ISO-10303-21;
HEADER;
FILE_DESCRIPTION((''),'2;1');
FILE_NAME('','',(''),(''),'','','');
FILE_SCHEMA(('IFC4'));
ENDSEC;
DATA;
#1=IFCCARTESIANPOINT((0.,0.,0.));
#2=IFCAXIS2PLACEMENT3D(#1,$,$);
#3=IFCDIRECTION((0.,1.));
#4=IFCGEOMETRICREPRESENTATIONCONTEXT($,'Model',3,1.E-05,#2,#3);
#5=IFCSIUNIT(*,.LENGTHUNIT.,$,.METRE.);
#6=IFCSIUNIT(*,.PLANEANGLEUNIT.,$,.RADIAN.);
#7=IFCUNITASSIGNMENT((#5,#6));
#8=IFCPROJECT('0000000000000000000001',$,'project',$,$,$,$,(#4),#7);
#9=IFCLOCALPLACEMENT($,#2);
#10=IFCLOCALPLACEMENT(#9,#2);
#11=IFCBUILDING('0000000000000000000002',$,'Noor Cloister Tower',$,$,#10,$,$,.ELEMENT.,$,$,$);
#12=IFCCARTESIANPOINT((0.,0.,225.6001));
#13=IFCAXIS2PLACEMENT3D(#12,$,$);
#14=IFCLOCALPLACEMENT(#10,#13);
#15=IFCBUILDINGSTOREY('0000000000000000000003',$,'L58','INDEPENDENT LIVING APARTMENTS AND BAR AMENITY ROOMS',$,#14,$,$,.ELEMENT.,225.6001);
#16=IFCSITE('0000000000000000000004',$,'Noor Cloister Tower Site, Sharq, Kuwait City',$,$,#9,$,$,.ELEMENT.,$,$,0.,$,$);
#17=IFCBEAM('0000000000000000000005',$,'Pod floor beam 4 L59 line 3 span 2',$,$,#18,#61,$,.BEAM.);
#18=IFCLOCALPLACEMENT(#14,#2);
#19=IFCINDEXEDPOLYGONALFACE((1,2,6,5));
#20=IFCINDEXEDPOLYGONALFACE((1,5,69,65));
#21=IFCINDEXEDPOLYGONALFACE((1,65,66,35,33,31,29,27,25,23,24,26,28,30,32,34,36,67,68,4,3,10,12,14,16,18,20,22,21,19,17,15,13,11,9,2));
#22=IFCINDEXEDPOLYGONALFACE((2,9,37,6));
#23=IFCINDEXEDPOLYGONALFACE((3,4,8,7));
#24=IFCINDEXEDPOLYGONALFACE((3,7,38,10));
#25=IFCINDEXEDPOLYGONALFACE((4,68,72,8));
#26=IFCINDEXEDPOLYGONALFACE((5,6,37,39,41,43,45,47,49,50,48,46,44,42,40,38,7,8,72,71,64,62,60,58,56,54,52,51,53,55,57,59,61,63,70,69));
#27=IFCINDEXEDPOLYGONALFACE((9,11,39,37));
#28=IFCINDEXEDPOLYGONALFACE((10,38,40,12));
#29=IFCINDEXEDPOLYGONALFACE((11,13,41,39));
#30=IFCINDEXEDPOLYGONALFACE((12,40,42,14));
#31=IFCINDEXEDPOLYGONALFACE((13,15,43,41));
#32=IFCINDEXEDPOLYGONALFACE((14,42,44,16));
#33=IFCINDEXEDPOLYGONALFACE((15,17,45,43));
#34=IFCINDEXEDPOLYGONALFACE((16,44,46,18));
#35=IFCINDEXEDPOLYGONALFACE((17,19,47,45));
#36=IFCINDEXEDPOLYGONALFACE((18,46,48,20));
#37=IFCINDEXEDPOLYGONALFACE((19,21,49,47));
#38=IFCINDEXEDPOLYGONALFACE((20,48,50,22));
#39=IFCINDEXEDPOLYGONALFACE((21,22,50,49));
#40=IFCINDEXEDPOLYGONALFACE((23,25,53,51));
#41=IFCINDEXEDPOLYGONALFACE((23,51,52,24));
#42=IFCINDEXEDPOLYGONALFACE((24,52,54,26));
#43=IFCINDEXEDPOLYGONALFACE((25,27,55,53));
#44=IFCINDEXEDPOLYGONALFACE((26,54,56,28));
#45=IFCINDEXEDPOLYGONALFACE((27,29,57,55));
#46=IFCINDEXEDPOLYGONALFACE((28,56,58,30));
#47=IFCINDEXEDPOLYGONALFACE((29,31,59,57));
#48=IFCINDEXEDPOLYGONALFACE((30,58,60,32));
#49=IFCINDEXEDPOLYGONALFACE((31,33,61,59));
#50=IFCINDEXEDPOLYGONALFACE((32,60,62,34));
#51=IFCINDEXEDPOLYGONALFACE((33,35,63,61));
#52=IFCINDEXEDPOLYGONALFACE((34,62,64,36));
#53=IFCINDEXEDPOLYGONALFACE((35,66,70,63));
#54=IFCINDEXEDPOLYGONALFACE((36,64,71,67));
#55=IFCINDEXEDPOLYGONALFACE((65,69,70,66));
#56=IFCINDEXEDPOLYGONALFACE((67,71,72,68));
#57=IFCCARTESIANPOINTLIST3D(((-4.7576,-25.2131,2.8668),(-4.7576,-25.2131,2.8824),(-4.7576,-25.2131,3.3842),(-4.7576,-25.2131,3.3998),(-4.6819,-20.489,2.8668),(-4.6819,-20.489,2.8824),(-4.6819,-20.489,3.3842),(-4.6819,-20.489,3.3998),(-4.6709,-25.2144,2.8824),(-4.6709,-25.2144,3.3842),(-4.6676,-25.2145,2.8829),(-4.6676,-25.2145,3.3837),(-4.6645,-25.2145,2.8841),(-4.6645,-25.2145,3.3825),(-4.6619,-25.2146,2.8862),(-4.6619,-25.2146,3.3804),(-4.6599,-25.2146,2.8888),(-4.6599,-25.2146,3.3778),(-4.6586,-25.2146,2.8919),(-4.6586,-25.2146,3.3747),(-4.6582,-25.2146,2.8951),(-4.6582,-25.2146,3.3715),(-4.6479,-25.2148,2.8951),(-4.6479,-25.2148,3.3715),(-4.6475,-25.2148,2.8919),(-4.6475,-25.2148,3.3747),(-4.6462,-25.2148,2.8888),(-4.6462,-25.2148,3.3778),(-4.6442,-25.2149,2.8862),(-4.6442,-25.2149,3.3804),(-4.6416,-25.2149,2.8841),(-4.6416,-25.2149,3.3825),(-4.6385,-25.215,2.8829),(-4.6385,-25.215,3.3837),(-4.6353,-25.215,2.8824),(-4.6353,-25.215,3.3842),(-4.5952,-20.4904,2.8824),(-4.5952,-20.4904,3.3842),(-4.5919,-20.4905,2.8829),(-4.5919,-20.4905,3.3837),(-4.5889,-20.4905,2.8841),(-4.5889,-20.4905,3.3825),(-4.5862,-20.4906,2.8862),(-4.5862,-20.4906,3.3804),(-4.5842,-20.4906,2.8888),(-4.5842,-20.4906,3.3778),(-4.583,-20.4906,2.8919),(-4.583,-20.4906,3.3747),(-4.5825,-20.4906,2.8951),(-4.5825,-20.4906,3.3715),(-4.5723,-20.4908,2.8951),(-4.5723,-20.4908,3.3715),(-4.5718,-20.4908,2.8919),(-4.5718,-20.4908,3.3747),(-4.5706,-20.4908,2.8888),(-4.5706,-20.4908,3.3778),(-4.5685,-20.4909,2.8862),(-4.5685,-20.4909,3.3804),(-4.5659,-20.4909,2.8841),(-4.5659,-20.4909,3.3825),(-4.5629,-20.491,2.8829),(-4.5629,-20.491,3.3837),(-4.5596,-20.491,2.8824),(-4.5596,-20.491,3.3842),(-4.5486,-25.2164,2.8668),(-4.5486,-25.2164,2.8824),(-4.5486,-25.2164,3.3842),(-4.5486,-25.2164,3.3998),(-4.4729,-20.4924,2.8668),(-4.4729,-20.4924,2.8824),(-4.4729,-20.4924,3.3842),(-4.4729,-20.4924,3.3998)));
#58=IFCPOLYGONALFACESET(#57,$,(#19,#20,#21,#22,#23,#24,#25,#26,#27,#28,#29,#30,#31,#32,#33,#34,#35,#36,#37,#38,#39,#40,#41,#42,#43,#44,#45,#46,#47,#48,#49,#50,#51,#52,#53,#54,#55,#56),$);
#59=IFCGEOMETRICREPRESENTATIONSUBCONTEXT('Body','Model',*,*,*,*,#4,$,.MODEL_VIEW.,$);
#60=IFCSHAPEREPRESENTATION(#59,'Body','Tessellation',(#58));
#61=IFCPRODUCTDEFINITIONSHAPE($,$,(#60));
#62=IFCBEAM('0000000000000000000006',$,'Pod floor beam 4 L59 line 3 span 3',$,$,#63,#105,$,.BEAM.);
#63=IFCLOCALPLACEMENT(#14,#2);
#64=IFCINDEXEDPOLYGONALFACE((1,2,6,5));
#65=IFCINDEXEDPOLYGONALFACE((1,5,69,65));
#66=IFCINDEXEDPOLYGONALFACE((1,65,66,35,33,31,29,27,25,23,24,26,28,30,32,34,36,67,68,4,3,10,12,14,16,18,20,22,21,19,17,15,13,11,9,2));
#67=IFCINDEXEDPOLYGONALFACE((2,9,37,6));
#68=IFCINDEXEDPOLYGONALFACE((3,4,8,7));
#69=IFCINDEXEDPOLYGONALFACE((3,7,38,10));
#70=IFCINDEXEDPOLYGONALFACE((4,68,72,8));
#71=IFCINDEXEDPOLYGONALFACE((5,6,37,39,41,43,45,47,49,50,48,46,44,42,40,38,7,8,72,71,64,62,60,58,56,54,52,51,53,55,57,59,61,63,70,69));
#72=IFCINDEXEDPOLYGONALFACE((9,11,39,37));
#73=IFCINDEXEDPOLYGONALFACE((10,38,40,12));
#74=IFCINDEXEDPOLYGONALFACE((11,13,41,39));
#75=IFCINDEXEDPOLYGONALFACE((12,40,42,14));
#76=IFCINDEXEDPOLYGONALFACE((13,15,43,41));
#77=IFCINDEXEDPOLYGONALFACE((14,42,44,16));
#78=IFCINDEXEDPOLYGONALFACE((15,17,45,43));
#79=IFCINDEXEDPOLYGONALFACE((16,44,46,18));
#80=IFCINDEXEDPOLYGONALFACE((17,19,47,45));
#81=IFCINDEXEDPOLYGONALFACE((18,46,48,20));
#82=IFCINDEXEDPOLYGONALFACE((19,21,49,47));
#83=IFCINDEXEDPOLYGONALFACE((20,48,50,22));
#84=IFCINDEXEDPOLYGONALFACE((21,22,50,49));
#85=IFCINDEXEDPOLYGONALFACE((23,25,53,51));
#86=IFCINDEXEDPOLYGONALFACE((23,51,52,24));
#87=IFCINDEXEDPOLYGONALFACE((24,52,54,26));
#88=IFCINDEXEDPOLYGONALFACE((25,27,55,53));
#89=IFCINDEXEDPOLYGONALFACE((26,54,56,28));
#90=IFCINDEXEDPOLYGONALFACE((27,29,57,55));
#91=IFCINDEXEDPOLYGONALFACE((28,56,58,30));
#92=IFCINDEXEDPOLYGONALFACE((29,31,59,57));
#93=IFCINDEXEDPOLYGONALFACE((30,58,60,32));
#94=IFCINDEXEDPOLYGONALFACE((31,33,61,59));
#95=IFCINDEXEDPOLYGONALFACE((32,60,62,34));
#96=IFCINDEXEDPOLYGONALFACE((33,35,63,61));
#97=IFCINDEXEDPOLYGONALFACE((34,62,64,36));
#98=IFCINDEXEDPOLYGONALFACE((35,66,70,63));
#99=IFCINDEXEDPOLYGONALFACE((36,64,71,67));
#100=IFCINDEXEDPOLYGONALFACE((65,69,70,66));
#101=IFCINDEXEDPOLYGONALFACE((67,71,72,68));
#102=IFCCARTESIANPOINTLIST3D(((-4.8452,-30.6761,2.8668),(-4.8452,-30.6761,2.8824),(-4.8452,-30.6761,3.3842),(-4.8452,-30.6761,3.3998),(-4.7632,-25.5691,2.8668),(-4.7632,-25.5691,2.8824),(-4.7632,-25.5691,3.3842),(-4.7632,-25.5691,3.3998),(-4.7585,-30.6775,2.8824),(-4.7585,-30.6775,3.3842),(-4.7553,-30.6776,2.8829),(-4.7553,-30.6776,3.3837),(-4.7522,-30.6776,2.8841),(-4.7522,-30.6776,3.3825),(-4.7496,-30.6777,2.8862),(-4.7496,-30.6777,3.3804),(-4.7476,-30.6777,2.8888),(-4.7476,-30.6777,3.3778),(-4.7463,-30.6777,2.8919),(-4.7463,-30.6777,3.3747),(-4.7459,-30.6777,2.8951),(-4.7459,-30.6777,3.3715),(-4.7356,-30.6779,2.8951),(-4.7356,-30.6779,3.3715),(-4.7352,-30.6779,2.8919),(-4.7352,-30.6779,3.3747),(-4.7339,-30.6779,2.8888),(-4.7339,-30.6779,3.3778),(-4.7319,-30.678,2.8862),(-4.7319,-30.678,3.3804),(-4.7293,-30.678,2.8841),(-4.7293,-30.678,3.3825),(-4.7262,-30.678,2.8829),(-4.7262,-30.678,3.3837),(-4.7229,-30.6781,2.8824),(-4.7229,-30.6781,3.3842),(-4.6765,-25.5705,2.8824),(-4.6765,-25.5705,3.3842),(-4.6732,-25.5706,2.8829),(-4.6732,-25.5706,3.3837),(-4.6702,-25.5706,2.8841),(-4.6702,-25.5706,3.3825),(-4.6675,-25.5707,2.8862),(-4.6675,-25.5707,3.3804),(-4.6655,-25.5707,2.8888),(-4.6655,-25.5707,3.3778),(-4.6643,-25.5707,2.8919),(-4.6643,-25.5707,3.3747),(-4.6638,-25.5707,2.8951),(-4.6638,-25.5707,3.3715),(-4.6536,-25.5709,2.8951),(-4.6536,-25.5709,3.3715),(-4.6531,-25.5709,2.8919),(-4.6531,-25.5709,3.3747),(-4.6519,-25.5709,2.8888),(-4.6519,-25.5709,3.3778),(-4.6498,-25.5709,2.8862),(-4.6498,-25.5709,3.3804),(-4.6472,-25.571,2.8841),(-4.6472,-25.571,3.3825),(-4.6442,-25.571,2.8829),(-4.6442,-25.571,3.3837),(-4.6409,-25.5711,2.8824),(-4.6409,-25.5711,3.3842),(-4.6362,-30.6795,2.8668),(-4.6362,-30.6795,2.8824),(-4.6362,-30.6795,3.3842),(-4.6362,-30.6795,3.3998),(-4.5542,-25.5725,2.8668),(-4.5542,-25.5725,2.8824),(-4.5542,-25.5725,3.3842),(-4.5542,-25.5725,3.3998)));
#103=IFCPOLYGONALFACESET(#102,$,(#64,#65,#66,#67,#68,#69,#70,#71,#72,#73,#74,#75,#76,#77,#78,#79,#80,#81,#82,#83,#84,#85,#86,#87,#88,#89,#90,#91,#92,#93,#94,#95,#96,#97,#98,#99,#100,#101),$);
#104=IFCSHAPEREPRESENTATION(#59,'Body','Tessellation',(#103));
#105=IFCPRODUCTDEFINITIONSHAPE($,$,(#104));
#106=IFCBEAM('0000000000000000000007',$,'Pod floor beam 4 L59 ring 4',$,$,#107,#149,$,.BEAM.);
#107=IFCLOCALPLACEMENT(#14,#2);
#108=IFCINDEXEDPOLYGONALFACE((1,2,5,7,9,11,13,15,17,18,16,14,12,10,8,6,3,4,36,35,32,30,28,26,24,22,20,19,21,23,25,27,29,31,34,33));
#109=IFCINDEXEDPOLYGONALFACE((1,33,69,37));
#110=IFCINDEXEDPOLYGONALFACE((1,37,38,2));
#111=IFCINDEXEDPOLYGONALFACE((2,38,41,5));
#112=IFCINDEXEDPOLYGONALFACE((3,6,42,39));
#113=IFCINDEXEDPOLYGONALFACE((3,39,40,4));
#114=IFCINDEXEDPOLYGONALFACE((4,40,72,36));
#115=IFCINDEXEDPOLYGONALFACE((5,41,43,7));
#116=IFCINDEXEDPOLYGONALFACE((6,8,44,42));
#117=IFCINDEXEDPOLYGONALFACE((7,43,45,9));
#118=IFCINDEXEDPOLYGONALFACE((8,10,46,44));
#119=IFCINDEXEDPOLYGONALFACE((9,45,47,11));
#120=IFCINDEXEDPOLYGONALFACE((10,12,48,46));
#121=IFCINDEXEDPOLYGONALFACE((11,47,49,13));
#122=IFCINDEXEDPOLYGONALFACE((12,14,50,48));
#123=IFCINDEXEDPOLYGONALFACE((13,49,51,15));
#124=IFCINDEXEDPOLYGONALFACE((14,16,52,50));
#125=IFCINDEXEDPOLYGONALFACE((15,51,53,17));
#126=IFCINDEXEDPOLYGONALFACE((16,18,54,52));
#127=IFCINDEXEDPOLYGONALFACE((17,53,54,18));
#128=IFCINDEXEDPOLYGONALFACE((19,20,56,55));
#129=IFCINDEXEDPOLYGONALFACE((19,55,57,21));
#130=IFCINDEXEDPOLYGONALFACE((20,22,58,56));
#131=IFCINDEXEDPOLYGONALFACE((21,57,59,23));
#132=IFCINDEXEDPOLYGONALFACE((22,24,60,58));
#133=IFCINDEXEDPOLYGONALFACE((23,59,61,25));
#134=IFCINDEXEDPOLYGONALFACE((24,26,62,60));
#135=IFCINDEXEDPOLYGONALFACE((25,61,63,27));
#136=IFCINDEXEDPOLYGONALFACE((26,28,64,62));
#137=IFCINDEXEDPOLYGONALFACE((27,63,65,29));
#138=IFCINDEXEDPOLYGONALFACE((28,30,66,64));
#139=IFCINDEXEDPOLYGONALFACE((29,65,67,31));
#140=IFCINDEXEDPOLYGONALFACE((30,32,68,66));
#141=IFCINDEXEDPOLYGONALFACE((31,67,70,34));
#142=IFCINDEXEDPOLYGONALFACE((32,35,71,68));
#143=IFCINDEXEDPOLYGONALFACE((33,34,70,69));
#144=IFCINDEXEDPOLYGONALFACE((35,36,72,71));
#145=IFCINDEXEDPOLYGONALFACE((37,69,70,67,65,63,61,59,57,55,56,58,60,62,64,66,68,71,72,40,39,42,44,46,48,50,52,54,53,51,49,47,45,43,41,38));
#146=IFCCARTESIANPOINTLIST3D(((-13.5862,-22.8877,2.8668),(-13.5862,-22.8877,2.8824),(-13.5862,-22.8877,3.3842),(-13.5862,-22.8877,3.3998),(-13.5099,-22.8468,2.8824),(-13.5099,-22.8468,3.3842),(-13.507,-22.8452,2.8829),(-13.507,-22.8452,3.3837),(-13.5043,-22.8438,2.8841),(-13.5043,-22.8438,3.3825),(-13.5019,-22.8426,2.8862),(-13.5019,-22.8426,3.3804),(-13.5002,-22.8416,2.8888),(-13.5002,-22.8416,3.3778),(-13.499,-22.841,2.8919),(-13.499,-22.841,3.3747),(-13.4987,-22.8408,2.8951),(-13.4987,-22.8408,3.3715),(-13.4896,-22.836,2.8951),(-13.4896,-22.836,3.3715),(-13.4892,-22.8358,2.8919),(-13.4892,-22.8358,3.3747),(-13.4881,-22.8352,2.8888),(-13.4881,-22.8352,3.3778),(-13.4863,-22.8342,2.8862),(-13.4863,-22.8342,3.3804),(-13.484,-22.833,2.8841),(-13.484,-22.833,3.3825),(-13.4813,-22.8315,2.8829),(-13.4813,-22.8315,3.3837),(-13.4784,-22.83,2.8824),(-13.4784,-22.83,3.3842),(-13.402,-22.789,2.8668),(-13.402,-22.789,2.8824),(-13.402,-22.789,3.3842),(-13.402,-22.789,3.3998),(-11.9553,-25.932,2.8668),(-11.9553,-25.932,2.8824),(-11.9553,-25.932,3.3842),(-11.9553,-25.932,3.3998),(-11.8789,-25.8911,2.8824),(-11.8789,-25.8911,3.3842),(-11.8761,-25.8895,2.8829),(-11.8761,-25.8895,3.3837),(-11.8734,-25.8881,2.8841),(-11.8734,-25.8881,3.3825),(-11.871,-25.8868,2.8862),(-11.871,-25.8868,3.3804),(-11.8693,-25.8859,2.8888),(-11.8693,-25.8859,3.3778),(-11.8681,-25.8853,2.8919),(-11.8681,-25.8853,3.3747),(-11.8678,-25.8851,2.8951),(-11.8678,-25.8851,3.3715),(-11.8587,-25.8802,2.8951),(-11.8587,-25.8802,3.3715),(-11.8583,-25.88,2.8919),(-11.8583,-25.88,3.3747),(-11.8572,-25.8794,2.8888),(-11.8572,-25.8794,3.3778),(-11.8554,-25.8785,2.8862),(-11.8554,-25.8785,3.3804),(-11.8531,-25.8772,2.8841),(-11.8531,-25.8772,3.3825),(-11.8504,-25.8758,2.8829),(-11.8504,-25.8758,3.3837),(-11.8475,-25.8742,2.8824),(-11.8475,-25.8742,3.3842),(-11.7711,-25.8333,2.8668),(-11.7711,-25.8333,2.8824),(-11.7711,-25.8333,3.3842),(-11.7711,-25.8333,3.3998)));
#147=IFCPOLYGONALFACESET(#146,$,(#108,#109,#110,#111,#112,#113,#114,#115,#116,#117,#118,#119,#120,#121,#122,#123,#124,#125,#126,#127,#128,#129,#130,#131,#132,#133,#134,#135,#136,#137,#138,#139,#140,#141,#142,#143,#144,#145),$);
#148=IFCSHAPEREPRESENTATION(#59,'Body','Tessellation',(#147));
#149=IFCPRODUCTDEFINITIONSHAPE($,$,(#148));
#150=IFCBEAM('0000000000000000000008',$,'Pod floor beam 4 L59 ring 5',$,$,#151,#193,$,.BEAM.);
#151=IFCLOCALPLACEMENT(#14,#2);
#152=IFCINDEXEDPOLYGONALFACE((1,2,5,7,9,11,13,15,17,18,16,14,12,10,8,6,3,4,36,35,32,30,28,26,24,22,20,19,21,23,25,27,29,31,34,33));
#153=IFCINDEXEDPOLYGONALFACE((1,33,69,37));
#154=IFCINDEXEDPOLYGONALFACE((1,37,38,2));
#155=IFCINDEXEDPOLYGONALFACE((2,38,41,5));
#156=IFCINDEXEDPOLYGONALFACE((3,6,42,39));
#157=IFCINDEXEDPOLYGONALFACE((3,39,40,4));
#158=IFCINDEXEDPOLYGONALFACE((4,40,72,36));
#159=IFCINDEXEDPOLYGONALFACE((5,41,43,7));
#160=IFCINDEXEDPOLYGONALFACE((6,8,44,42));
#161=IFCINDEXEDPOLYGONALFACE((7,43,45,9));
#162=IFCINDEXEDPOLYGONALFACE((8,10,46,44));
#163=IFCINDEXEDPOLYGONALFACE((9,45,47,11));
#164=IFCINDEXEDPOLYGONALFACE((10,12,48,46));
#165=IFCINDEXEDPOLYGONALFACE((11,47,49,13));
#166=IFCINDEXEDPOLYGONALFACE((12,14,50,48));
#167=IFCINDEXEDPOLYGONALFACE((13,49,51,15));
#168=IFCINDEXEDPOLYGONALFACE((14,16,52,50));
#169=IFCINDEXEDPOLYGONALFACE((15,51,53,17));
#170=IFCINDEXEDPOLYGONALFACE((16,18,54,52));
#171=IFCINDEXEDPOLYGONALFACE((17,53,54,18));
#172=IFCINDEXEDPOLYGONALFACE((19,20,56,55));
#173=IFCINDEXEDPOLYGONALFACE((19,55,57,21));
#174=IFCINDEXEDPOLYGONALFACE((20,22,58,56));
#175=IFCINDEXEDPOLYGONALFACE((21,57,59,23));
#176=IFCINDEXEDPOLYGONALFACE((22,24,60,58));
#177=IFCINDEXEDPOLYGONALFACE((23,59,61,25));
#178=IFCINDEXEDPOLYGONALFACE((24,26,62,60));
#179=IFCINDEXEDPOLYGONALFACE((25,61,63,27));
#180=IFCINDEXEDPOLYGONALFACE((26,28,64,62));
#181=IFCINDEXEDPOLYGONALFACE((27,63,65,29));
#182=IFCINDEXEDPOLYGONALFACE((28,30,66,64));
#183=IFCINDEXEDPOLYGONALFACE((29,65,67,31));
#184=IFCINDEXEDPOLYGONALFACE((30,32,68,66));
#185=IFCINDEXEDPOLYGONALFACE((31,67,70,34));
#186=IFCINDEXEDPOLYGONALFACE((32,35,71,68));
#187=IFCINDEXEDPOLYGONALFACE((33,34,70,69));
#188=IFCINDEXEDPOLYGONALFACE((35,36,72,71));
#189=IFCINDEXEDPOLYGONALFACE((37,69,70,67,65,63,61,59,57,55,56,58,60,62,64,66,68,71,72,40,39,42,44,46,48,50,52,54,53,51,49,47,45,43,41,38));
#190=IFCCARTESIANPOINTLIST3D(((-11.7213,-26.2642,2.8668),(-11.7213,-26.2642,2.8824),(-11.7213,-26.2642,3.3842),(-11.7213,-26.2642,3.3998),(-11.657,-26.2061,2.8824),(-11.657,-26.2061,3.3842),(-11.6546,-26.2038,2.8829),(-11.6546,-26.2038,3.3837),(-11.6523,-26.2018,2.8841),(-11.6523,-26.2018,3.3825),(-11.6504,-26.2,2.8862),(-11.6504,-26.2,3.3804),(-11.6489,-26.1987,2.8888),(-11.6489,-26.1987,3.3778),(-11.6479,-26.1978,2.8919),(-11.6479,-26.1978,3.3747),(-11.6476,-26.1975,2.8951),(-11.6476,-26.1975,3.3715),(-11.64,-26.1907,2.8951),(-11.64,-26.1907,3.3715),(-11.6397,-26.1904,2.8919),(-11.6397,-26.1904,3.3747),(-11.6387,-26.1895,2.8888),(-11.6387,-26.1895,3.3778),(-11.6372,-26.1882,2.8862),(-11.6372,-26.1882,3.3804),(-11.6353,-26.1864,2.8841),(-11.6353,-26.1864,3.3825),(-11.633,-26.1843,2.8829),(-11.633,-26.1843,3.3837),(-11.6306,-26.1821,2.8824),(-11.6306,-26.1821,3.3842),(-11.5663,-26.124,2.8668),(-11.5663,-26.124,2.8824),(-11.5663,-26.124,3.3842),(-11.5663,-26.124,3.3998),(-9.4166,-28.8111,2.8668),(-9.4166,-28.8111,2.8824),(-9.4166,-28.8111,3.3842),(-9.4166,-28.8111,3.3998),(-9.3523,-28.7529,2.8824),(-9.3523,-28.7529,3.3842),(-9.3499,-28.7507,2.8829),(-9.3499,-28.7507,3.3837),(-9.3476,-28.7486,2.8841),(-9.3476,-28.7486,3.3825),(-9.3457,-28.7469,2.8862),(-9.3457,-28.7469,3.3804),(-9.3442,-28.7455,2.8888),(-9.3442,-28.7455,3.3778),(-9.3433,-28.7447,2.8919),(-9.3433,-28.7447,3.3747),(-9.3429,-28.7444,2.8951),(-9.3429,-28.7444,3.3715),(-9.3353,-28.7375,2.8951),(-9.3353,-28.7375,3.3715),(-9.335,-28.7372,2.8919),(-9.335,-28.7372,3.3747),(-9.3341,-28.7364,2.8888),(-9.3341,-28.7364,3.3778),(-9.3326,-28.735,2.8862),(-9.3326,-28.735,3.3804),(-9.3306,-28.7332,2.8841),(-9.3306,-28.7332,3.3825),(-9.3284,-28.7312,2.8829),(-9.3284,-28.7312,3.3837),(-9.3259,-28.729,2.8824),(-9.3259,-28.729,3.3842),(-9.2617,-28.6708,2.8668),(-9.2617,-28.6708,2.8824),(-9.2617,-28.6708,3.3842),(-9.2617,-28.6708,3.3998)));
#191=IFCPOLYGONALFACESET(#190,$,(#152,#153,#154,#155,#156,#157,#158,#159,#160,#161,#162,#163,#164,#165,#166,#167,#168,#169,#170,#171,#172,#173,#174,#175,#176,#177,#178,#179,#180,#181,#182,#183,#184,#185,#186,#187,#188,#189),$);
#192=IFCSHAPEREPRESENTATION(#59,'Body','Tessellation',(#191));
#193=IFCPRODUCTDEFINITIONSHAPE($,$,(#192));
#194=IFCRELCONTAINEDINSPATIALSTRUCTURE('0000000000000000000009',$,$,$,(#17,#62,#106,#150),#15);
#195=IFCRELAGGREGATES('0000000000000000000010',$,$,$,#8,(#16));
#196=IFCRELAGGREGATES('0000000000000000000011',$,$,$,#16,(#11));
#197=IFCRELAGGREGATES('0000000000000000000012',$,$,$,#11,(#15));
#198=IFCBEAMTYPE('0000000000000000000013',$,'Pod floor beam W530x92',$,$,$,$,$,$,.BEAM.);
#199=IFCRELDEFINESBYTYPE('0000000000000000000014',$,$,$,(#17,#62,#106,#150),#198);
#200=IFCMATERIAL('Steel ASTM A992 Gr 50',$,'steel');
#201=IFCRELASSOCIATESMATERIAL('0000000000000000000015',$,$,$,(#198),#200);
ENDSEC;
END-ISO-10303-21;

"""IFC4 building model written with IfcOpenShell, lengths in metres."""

from ifc_helpers import new_model, si_unit, direction, frame, origin, origin_2d, place, context, subcontext, project, spatial, i_section, extrude, material, material_profile, profile_set, type_object, element, save


model = new_model("IFC4")

# Units and contexts
model_context = context("Model", 3, precision=1e-05, world=origin(), true_north=direction((0.0, 1.0)))
body_context = subcontext(model_context, "Body", "Model", "MODEL_VIEW")
ifc_project = project(units=[si_unit("LENGTHUNIT", "METRE"), si_unit("PLANEANGLEUNIT", "RADIAN")], contexts=[model_context])

# Site, building, storey
site_placement = place(None, origin())
site = spatial("IfcSite", under=ifc_project, at=site_placement, Name="Noor Cloister Tower Site, Sharq, Kuwait City", CompositionType="ELEMENT", RefElevation=0.0)
building_placement = place(site_placement, origin())
building = spatial("IfcBuilding", under=site, at=building_placement, Name="Noor Cloister Tower", CompositionType="ELEMENT")
storey_placement = place(building_placement, frame((0.0, 0.0, 225.6001)))
storey = spatial("IfcBuildingStorey", under=building, at=storey_placement, Name="L58", Description="INDEPENDENT LIVING APARTMENTS AND BAR AMENITY ROOMS", CompositionType="ELEMENT", Elevation=225.6001)

# Beams
ifc_material_1 = material(Name="Steel ASTM A992 Gr 50", Category="steel")
ifc_material_profile_1 = material_profile(ifc_material_1, i_section(OverallWidth=0.209, OverallDepth=0.533, WebThickness=0.0103, FlangeThickness=0.0156, FilletRadius=0.0127, at=origin_2d()), Name="W530x92")
ifc_profile_set_1 = profile_set([ifc_material_profile_1], Name="Steel ASTM A992 Gr 50")
beam_type = type_object("IfcBeamType", Name="Pod floor beam W530x92", PredefinedType="BEAM", material=ifc_profile_set_1)
beam_1_placement = place(storey_placement, frame((-4.5774, -20.4907, 3.1333), z_axis=(-0.016019, -0.999872, 0.0), x_axis=(0.999872, -0.016019, 0.0)))
element("IfcBeam", 1, at=beam_1_placement, inside=storey, type_object=beam_type, Name="Pod floor beam 4 L59 line 3 span 2", PredefinedType="BEAM", context=body_context, shape_type="SweptSolid", body=[
    extrude(i_section(OverallWidth=0.209, OverallDepth=0.533, WebThickness=0.0103, FlangeThickness=0.0156, FilletRadius=0.0127, at=origin_2d()), origin(), (0.0, 0.0, 1.0), 4.7246),
])
beam_2_placement = place(storey_placement, frame((-4.6587, -25.5708, 3.1333), z_axis=(-0.016061, -0.999871, 0.0), x_axis=(0.999871, -0.016061, 0.0)))
element("IfcBeam", 2, at=beam_2_placement, inside=storey, type_object=beam_type, Name="Pod floor beam 4 L59 line 3 span 3", PredefinedType="BEAM", context=body_context, shape_type="SweptSolid", body=[
    extrude(i_section(OverallWidth=0.209, OverallDepth=0.533, WebThickness=0.0103, FlangeThickness=0.0156, FilletRadius=0.0127, at=origin_2d()), origin(), (0.0, 0.0, 1.0), 5.1077),
])
beam_3_placement = place(storey_placement, frame((-13.4941, -22.8384, 3.1333), z_axis=(0.472231, -0.881475, 0.0), x_axis=(0.881475, 0.472231, 0.0)))
element("IfcBeam", 3, at=beam_3_placement, inside=storey, type_object=beam_type, Name="Pod floor beam 4 L59 ring 4", PredefinedType="BEAM", context=body_context, shape_type="SweptSolid", body=[
    extrude(i_section(OverallWidth=0.209, OverallDepth=0.533, WebThickness=0.0103, FlangeThickness=0.0156, FilletRadius=0.0127, at=origin_2d()), origin(), (0.0, 0.0, 1.0), 3.4536),
])
beam_4_placement = place(storey_placement, frame((-11.6438, -26.1941, 3.1333), z_axis=(0.670973, -0.741482, 0.0), x_axis=(0.741482, 0.670973, 0.0)))
element("IfcBeam", 4, at=beam_4_placement, inside=storey, type_object=beam_type, Name="Pod floor beam 4 L59 ring 5", PredefinedType="BEAM", context=body_context, shape_type="SweptSolid", body=[
    extrude(i_section(OverallWidth=0.209, OverallDepth=0.533, WebThickness=0.0103, FlangeThickness=0.0156, FilletRadius=0.0127, at=origin_2d()), origin(), (0.0, 0.0, 1.0), 3.4348),
])

save(model, "model.ifc")
